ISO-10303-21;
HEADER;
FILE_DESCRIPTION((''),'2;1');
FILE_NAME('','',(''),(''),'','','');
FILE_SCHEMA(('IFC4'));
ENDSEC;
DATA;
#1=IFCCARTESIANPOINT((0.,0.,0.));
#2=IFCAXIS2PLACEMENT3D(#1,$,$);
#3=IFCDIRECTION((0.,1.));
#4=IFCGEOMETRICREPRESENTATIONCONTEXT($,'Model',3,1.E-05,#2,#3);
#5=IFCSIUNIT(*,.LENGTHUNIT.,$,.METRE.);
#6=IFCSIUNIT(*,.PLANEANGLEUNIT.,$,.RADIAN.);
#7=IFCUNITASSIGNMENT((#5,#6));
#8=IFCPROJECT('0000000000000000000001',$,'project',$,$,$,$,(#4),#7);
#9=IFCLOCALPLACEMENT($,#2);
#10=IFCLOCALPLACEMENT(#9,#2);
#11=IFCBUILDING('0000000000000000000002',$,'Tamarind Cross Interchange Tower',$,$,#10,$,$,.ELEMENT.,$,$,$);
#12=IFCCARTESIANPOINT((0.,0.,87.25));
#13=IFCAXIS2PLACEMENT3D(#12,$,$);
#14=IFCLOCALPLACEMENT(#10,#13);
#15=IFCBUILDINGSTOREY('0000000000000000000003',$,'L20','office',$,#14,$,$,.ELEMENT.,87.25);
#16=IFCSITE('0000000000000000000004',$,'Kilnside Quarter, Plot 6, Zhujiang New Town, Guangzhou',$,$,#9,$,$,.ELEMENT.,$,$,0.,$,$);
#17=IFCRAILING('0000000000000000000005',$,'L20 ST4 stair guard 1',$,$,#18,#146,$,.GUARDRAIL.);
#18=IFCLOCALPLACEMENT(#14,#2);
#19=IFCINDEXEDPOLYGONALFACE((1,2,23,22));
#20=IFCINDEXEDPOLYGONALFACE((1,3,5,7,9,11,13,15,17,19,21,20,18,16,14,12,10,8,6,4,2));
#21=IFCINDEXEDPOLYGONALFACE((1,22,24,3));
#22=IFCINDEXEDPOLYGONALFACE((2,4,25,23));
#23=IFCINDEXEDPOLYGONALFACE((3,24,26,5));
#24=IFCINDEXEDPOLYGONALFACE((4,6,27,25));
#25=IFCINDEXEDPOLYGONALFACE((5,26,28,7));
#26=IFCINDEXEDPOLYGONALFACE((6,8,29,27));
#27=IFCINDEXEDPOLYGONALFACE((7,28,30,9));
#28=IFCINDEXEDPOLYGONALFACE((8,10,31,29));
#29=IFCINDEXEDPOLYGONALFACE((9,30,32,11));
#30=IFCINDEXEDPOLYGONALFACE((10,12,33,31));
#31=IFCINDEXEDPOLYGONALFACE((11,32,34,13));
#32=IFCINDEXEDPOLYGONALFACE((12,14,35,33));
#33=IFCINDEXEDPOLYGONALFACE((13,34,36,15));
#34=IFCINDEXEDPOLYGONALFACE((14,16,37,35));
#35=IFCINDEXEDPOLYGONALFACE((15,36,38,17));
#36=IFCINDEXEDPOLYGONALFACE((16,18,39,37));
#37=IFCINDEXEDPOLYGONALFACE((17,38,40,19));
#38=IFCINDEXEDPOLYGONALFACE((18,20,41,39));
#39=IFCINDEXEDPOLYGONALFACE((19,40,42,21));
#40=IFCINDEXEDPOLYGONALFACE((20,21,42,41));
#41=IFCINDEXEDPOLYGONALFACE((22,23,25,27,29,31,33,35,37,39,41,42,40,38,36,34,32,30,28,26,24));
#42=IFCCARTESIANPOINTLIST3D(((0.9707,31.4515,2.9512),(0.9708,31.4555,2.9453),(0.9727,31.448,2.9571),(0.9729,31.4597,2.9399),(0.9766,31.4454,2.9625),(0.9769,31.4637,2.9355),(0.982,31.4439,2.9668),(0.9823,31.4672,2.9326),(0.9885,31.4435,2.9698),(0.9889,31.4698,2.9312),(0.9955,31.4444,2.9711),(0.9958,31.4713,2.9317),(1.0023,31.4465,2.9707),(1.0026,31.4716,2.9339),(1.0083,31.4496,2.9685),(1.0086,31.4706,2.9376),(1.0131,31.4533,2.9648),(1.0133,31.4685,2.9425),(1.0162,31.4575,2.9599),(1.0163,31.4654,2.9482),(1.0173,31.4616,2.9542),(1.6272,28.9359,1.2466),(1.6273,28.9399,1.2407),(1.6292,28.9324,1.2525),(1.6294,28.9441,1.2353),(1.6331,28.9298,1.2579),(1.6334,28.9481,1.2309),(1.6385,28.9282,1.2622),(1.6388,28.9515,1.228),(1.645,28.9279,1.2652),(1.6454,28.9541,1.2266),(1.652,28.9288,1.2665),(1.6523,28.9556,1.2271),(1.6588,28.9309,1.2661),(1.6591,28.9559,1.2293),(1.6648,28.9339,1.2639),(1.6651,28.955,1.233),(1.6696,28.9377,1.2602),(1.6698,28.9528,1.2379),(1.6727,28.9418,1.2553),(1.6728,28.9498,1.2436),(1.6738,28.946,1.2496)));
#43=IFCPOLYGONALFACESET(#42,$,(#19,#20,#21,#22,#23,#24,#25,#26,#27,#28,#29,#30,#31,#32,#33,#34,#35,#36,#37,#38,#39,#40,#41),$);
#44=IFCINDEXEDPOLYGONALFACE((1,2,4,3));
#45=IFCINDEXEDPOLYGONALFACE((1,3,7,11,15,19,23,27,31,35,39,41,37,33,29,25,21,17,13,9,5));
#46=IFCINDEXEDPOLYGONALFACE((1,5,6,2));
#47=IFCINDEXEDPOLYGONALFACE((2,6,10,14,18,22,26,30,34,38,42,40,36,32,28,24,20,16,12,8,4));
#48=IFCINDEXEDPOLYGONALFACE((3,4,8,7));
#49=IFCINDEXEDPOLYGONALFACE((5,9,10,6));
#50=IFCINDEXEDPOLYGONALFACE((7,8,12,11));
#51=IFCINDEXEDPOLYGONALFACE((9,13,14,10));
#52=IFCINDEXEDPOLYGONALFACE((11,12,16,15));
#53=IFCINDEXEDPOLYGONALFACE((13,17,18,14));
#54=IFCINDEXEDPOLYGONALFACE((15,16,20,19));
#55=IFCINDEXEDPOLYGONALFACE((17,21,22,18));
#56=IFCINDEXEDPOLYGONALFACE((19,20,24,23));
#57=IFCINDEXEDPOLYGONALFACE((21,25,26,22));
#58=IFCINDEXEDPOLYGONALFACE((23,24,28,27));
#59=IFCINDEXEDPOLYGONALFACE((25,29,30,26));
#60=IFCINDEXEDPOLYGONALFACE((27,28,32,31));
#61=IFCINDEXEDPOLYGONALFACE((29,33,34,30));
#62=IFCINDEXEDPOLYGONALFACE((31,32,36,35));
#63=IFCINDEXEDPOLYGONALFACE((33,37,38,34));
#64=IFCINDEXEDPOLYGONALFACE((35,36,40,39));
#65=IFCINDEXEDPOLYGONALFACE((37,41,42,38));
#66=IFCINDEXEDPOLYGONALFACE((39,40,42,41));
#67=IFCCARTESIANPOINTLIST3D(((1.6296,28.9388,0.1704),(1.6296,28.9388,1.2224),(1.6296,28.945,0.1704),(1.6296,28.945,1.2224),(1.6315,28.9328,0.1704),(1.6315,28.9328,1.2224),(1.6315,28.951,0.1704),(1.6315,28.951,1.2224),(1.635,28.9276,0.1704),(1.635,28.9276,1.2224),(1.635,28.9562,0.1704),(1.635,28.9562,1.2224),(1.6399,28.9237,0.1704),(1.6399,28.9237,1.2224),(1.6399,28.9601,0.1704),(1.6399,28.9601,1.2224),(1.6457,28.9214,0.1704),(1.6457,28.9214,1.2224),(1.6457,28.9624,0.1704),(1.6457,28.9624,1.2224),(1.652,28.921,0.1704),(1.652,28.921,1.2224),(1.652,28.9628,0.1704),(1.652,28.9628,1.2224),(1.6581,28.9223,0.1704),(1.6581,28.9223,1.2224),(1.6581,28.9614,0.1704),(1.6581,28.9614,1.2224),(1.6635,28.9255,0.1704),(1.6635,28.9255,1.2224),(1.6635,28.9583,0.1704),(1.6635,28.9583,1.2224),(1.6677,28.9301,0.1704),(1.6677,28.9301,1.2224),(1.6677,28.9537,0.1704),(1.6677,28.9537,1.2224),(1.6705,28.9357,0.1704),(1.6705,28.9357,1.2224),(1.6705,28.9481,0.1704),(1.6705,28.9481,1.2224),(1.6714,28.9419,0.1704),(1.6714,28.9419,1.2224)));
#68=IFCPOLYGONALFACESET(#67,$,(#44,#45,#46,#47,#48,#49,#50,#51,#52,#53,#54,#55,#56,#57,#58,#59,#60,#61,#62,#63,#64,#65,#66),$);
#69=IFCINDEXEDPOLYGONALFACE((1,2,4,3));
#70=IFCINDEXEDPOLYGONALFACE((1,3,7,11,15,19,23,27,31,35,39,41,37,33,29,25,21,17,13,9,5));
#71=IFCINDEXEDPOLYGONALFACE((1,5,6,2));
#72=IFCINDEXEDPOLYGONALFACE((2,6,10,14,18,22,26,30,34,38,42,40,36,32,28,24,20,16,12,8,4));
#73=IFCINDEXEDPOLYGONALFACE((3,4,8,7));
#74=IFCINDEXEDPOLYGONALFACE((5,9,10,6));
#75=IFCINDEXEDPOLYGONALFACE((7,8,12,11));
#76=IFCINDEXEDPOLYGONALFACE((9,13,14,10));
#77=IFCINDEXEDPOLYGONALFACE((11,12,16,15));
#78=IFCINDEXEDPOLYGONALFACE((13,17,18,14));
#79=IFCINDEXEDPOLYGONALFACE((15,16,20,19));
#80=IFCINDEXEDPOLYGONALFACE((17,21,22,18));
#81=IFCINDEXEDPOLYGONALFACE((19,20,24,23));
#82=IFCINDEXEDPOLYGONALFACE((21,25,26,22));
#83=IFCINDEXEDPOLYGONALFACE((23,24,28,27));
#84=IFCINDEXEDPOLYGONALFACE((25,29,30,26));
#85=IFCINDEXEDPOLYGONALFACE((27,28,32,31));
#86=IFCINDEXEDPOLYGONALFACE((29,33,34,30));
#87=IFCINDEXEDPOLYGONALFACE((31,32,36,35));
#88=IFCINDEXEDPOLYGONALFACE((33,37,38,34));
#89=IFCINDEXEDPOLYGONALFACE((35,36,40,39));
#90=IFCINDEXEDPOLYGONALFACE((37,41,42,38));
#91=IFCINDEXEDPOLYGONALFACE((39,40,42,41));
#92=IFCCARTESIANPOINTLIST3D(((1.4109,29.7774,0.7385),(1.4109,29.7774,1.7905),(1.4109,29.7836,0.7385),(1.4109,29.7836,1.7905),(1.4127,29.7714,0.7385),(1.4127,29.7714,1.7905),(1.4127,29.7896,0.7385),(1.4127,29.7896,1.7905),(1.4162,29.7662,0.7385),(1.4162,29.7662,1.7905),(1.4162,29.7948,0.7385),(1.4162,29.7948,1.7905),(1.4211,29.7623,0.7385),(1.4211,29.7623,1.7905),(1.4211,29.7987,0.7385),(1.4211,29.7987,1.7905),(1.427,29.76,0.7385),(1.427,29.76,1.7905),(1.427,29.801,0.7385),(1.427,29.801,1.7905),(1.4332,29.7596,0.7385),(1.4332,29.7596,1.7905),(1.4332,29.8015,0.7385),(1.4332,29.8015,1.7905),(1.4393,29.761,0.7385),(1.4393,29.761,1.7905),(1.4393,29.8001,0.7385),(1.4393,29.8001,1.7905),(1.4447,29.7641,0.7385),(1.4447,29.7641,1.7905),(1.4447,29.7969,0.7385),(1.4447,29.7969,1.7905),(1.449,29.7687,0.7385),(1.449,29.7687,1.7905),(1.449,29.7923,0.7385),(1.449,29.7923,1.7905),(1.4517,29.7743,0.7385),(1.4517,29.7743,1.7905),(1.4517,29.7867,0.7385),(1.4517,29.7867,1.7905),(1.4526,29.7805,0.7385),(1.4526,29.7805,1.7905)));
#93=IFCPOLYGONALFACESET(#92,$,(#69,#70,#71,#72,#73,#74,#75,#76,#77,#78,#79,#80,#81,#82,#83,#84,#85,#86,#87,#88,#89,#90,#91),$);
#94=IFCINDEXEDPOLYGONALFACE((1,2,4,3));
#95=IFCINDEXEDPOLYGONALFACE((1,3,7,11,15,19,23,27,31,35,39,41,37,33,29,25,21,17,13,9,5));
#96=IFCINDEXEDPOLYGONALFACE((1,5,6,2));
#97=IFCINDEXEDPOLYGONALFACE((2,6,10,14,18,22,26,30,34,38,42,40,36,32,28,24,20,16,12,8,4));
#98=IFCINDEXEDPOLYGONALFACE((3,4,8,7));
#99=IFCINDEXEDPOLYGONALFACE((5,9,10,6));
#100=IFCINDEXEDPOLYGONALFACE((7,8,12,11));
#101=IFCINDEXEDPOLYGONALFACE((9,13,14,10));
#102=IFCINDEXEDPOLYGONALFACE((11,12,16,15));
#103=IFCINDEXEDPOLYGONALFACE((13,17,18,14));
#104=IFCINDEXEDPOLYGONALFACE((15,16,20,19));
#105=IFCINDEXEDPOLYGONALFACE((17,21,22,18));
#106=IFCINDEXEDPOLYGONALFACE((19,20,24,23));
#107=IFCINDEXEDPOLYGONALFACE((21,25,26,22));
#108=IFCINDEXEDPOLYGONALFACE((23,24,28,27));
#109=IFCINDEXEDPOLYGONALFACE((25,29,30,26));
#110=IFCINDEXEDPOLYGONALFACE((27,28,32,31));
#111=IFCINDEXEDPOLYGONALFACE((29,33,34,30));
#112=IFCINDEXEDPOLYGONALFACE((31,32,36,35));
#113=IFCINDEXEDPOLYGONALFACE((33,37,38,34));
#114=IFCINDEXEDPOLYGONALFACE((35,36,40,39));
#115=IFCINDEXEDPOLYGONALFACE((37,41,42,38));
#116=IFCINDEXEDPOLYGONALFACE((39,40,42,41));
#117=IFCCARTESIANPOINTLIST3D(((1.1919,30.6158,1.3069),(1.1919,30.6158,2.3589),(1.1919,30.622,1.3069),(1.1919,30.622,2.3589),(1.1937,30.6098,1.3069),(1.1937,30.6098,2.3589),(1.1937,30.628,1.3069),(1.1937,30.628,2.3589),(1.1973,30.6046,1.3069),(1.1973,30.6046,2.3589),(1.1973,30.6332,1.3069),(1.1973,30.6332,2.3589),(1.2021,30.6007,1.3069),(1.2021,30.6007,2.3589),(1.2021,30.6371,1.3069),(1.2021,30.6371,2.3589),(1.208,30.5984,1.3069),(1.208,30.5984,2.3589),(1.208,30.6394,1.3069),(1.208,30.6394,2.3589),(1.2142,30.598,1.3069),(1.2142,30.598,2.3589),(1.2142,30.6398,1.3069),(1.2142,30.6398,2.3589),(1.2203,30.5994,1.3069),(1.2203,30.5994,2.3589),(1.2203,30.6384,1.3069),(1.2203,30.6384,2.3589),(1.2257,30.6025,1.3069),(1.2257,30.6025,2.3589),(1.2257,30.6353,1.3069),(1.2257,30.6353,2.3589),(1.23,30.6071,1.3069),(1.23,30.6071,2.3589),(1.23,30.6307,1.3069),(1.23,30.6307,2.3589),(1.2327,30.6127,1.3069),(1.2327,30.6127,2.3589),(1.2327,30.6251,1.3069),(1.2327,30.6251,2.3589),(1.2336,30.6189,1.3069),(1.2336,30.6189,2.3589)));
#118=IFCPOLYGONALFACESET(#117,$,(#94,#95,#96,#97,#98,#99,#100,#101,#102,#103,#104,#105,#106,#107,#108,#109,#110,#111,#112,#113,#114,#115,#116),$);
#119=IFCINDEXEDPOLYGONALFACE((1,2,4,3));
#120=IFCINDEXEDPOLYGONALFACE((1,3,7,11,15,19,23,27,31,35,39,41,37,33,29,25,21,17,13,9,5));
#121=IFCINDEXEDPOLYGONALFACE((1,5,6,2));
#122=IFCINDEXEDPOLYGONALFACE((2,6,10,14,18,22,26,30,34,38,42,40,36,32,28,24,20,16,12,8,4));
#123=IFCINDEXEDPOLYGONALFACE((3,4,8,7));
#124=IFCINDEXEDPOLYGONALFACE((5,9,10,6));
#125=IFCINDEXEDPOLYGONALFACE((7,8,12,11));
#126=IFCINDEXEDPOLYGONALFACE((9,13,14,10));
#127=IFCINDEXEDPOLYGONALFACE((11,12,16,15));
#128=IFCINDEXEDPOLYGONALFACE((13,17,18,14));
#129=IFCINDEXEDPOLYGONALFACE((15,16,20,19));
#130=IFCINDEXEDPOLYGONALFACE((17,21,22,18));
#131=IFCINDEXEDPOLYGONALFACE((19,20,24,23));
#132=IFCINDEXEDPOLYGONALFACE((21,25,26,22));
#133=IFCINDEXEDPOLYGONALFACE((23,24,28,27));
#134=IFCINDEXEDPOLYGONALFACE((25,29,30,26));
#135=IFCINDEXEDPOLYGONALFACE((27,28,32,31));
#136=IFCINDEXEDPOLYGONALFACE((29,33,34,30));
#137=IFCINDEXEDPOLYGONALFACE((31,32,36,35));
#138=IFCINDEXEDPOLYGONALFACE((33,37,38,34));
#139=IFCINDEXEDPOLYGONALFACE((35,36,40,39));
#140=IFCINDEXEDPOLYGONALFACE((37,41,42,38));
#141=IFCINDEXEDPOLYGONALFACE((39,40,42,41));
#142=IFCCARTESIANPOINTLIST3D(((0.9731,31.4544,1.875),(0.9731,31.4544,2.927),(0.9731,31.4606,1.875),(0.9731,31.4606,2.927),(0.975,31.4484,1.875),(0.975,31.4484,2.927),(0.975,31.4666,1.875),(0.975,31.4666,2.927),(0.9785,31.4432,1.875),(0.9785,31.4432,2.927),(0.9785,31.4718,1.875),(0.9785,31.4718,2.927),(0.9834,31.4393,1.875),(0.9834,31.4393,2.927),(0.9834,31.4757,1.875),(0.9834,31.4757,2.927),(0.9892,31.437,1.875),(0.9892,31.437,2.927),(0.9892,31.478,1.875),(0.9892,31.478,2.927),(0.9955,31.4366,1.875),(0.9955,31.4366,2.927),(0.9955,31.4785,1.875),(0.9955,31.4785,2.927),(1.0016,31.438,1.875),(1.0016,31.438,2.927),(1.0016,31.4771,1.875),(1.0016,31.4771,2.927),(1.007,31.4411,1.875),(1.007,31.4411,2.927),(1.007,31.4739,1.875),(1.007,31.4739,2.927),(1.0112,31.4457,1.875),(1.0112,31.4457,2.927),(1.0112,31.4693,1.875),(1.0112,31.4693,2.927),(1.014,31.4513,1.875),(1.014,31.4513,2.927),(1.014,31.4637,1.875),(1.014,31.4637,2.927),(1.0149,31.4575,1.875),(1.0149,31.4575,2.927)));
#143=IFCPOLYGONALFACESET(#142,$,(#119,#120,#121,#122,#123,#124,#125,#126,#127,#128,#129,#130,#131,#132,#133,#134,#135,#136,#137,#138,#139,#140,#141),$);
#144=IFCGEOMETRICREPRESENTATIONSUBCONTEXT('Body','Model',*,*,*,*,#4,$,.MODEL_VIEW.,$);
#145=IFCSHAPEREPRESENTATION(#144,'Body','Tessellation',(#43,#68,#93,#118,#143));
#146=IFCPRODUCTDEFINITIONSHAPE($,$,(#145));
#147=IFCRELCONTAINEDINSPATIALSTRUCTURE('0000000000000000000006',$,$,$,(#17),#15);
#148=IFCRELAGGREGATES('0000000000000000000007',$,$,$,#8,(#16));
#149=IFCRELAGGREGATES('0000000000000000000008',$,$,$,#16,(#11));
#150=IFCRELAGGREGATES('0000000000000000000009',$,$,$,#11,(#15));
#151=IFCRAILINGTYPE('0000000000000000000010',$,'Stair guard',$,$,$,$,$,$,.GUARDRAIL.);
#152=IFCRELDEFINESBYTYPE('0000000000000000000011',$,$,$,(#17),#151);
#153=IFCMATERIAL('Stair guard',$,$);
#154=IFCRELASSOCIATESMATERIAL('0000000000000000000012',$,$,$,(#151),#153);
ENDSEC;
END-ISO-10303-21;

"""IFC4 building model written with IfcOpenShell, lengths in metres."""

from ifc_helpers import new_model, si_unit, direction, frame, origin, origin_2d, place, context, subcontext, project, spatial, circle, extrude, material, type_object, element, save


model = new_model("IFC4")

# Units and contexts
model_context = context("Model", 3, precision=1e-05, world=origin(), true_north=direction((0.0, 1.0)))
body_context = subcontext(model_context, "Body", "Model", "MODEL_VIEW")
ifc_project = project(units=[si_unit("LENGTHUNIT", "METRE"), si_unit("PLANEANGLEUNIT", "RADIAN")], contexts=[model_context])

# Site, building, storey
site_placement = place(None, origin())
site = spatial("IfcSite", under=ifc_project, at=site_placement, Name="Kilnside Quarter, Plot 6, Zhujiang New Town, Guangzhou", CompositionType="ELEMENT", RefElevation=0.0)
building_placement = place(site_placement, origin())
building = spatial("IfcBuilding", under=site, at=building_placement, Name="Tamarind Cross Interchange Tower", CompositionType="ELEMENT")
storey_placement = place(building_placement, frame((0.0, 0.0, 87.25)))
storey = spatial("IfcBuildingStorey", under=building, at=storey_placement, Name="L20", Description="office", CompositionType="ELEMENT", Elevation=87.25)

# Railing
ifc_material_1 = material(Name="Stair guard")
railing_type_1 = type_object("IfcRailingType", Name="Stair guard", PredefinedType="GUARDRAIL", material=ifc_material_1)
railing_1_placement = place(storey_placement, frame((1.6504, 28.9419, 0.1704)))
element("IfcRailing", 1, at=railing_1_placement, inside=storey, type_object=railing_type_1, Name="L20 ST4 stair guard 1", PredefinedType="GUARDRAIL", context=body_context, shape_type="SweptSolid", body=[
    extrude(circle(Radius=0.0239, at=origin_2d()), frame((0.0, 0.0, 1.0762), z_axis=(-0.211169, 0.809181, 0.548301), x_axis=(-0.967594, -0.25251, 0.0)), (0.0, 0.0, 1.0), 3.1089),
    extrude(circle(Radius=0.021, at=origin_2d()), origin(), (0.0, 0.0, 1.0), 1.052),
    extrude(circle(Radius=0.021, at=origin_2d()), frame((-0.2188, 0.8386, 0.5681)), (0.0, 0.0, 1.0), 1.052),
    extrude(circle(Radius=0.021, at=origin_2d()), frame((-0.4377, 1.677, 1.1365)), (0.0, 0.0, 1.0), 1.052),
    extrude(circle(Radius=0.021, at=origin_2d()), frame((-0.6565, 2.5156, 1.7046)), (0.0, 0.0, 1.0), 1.052),
])

save(model, "model.ifc")
